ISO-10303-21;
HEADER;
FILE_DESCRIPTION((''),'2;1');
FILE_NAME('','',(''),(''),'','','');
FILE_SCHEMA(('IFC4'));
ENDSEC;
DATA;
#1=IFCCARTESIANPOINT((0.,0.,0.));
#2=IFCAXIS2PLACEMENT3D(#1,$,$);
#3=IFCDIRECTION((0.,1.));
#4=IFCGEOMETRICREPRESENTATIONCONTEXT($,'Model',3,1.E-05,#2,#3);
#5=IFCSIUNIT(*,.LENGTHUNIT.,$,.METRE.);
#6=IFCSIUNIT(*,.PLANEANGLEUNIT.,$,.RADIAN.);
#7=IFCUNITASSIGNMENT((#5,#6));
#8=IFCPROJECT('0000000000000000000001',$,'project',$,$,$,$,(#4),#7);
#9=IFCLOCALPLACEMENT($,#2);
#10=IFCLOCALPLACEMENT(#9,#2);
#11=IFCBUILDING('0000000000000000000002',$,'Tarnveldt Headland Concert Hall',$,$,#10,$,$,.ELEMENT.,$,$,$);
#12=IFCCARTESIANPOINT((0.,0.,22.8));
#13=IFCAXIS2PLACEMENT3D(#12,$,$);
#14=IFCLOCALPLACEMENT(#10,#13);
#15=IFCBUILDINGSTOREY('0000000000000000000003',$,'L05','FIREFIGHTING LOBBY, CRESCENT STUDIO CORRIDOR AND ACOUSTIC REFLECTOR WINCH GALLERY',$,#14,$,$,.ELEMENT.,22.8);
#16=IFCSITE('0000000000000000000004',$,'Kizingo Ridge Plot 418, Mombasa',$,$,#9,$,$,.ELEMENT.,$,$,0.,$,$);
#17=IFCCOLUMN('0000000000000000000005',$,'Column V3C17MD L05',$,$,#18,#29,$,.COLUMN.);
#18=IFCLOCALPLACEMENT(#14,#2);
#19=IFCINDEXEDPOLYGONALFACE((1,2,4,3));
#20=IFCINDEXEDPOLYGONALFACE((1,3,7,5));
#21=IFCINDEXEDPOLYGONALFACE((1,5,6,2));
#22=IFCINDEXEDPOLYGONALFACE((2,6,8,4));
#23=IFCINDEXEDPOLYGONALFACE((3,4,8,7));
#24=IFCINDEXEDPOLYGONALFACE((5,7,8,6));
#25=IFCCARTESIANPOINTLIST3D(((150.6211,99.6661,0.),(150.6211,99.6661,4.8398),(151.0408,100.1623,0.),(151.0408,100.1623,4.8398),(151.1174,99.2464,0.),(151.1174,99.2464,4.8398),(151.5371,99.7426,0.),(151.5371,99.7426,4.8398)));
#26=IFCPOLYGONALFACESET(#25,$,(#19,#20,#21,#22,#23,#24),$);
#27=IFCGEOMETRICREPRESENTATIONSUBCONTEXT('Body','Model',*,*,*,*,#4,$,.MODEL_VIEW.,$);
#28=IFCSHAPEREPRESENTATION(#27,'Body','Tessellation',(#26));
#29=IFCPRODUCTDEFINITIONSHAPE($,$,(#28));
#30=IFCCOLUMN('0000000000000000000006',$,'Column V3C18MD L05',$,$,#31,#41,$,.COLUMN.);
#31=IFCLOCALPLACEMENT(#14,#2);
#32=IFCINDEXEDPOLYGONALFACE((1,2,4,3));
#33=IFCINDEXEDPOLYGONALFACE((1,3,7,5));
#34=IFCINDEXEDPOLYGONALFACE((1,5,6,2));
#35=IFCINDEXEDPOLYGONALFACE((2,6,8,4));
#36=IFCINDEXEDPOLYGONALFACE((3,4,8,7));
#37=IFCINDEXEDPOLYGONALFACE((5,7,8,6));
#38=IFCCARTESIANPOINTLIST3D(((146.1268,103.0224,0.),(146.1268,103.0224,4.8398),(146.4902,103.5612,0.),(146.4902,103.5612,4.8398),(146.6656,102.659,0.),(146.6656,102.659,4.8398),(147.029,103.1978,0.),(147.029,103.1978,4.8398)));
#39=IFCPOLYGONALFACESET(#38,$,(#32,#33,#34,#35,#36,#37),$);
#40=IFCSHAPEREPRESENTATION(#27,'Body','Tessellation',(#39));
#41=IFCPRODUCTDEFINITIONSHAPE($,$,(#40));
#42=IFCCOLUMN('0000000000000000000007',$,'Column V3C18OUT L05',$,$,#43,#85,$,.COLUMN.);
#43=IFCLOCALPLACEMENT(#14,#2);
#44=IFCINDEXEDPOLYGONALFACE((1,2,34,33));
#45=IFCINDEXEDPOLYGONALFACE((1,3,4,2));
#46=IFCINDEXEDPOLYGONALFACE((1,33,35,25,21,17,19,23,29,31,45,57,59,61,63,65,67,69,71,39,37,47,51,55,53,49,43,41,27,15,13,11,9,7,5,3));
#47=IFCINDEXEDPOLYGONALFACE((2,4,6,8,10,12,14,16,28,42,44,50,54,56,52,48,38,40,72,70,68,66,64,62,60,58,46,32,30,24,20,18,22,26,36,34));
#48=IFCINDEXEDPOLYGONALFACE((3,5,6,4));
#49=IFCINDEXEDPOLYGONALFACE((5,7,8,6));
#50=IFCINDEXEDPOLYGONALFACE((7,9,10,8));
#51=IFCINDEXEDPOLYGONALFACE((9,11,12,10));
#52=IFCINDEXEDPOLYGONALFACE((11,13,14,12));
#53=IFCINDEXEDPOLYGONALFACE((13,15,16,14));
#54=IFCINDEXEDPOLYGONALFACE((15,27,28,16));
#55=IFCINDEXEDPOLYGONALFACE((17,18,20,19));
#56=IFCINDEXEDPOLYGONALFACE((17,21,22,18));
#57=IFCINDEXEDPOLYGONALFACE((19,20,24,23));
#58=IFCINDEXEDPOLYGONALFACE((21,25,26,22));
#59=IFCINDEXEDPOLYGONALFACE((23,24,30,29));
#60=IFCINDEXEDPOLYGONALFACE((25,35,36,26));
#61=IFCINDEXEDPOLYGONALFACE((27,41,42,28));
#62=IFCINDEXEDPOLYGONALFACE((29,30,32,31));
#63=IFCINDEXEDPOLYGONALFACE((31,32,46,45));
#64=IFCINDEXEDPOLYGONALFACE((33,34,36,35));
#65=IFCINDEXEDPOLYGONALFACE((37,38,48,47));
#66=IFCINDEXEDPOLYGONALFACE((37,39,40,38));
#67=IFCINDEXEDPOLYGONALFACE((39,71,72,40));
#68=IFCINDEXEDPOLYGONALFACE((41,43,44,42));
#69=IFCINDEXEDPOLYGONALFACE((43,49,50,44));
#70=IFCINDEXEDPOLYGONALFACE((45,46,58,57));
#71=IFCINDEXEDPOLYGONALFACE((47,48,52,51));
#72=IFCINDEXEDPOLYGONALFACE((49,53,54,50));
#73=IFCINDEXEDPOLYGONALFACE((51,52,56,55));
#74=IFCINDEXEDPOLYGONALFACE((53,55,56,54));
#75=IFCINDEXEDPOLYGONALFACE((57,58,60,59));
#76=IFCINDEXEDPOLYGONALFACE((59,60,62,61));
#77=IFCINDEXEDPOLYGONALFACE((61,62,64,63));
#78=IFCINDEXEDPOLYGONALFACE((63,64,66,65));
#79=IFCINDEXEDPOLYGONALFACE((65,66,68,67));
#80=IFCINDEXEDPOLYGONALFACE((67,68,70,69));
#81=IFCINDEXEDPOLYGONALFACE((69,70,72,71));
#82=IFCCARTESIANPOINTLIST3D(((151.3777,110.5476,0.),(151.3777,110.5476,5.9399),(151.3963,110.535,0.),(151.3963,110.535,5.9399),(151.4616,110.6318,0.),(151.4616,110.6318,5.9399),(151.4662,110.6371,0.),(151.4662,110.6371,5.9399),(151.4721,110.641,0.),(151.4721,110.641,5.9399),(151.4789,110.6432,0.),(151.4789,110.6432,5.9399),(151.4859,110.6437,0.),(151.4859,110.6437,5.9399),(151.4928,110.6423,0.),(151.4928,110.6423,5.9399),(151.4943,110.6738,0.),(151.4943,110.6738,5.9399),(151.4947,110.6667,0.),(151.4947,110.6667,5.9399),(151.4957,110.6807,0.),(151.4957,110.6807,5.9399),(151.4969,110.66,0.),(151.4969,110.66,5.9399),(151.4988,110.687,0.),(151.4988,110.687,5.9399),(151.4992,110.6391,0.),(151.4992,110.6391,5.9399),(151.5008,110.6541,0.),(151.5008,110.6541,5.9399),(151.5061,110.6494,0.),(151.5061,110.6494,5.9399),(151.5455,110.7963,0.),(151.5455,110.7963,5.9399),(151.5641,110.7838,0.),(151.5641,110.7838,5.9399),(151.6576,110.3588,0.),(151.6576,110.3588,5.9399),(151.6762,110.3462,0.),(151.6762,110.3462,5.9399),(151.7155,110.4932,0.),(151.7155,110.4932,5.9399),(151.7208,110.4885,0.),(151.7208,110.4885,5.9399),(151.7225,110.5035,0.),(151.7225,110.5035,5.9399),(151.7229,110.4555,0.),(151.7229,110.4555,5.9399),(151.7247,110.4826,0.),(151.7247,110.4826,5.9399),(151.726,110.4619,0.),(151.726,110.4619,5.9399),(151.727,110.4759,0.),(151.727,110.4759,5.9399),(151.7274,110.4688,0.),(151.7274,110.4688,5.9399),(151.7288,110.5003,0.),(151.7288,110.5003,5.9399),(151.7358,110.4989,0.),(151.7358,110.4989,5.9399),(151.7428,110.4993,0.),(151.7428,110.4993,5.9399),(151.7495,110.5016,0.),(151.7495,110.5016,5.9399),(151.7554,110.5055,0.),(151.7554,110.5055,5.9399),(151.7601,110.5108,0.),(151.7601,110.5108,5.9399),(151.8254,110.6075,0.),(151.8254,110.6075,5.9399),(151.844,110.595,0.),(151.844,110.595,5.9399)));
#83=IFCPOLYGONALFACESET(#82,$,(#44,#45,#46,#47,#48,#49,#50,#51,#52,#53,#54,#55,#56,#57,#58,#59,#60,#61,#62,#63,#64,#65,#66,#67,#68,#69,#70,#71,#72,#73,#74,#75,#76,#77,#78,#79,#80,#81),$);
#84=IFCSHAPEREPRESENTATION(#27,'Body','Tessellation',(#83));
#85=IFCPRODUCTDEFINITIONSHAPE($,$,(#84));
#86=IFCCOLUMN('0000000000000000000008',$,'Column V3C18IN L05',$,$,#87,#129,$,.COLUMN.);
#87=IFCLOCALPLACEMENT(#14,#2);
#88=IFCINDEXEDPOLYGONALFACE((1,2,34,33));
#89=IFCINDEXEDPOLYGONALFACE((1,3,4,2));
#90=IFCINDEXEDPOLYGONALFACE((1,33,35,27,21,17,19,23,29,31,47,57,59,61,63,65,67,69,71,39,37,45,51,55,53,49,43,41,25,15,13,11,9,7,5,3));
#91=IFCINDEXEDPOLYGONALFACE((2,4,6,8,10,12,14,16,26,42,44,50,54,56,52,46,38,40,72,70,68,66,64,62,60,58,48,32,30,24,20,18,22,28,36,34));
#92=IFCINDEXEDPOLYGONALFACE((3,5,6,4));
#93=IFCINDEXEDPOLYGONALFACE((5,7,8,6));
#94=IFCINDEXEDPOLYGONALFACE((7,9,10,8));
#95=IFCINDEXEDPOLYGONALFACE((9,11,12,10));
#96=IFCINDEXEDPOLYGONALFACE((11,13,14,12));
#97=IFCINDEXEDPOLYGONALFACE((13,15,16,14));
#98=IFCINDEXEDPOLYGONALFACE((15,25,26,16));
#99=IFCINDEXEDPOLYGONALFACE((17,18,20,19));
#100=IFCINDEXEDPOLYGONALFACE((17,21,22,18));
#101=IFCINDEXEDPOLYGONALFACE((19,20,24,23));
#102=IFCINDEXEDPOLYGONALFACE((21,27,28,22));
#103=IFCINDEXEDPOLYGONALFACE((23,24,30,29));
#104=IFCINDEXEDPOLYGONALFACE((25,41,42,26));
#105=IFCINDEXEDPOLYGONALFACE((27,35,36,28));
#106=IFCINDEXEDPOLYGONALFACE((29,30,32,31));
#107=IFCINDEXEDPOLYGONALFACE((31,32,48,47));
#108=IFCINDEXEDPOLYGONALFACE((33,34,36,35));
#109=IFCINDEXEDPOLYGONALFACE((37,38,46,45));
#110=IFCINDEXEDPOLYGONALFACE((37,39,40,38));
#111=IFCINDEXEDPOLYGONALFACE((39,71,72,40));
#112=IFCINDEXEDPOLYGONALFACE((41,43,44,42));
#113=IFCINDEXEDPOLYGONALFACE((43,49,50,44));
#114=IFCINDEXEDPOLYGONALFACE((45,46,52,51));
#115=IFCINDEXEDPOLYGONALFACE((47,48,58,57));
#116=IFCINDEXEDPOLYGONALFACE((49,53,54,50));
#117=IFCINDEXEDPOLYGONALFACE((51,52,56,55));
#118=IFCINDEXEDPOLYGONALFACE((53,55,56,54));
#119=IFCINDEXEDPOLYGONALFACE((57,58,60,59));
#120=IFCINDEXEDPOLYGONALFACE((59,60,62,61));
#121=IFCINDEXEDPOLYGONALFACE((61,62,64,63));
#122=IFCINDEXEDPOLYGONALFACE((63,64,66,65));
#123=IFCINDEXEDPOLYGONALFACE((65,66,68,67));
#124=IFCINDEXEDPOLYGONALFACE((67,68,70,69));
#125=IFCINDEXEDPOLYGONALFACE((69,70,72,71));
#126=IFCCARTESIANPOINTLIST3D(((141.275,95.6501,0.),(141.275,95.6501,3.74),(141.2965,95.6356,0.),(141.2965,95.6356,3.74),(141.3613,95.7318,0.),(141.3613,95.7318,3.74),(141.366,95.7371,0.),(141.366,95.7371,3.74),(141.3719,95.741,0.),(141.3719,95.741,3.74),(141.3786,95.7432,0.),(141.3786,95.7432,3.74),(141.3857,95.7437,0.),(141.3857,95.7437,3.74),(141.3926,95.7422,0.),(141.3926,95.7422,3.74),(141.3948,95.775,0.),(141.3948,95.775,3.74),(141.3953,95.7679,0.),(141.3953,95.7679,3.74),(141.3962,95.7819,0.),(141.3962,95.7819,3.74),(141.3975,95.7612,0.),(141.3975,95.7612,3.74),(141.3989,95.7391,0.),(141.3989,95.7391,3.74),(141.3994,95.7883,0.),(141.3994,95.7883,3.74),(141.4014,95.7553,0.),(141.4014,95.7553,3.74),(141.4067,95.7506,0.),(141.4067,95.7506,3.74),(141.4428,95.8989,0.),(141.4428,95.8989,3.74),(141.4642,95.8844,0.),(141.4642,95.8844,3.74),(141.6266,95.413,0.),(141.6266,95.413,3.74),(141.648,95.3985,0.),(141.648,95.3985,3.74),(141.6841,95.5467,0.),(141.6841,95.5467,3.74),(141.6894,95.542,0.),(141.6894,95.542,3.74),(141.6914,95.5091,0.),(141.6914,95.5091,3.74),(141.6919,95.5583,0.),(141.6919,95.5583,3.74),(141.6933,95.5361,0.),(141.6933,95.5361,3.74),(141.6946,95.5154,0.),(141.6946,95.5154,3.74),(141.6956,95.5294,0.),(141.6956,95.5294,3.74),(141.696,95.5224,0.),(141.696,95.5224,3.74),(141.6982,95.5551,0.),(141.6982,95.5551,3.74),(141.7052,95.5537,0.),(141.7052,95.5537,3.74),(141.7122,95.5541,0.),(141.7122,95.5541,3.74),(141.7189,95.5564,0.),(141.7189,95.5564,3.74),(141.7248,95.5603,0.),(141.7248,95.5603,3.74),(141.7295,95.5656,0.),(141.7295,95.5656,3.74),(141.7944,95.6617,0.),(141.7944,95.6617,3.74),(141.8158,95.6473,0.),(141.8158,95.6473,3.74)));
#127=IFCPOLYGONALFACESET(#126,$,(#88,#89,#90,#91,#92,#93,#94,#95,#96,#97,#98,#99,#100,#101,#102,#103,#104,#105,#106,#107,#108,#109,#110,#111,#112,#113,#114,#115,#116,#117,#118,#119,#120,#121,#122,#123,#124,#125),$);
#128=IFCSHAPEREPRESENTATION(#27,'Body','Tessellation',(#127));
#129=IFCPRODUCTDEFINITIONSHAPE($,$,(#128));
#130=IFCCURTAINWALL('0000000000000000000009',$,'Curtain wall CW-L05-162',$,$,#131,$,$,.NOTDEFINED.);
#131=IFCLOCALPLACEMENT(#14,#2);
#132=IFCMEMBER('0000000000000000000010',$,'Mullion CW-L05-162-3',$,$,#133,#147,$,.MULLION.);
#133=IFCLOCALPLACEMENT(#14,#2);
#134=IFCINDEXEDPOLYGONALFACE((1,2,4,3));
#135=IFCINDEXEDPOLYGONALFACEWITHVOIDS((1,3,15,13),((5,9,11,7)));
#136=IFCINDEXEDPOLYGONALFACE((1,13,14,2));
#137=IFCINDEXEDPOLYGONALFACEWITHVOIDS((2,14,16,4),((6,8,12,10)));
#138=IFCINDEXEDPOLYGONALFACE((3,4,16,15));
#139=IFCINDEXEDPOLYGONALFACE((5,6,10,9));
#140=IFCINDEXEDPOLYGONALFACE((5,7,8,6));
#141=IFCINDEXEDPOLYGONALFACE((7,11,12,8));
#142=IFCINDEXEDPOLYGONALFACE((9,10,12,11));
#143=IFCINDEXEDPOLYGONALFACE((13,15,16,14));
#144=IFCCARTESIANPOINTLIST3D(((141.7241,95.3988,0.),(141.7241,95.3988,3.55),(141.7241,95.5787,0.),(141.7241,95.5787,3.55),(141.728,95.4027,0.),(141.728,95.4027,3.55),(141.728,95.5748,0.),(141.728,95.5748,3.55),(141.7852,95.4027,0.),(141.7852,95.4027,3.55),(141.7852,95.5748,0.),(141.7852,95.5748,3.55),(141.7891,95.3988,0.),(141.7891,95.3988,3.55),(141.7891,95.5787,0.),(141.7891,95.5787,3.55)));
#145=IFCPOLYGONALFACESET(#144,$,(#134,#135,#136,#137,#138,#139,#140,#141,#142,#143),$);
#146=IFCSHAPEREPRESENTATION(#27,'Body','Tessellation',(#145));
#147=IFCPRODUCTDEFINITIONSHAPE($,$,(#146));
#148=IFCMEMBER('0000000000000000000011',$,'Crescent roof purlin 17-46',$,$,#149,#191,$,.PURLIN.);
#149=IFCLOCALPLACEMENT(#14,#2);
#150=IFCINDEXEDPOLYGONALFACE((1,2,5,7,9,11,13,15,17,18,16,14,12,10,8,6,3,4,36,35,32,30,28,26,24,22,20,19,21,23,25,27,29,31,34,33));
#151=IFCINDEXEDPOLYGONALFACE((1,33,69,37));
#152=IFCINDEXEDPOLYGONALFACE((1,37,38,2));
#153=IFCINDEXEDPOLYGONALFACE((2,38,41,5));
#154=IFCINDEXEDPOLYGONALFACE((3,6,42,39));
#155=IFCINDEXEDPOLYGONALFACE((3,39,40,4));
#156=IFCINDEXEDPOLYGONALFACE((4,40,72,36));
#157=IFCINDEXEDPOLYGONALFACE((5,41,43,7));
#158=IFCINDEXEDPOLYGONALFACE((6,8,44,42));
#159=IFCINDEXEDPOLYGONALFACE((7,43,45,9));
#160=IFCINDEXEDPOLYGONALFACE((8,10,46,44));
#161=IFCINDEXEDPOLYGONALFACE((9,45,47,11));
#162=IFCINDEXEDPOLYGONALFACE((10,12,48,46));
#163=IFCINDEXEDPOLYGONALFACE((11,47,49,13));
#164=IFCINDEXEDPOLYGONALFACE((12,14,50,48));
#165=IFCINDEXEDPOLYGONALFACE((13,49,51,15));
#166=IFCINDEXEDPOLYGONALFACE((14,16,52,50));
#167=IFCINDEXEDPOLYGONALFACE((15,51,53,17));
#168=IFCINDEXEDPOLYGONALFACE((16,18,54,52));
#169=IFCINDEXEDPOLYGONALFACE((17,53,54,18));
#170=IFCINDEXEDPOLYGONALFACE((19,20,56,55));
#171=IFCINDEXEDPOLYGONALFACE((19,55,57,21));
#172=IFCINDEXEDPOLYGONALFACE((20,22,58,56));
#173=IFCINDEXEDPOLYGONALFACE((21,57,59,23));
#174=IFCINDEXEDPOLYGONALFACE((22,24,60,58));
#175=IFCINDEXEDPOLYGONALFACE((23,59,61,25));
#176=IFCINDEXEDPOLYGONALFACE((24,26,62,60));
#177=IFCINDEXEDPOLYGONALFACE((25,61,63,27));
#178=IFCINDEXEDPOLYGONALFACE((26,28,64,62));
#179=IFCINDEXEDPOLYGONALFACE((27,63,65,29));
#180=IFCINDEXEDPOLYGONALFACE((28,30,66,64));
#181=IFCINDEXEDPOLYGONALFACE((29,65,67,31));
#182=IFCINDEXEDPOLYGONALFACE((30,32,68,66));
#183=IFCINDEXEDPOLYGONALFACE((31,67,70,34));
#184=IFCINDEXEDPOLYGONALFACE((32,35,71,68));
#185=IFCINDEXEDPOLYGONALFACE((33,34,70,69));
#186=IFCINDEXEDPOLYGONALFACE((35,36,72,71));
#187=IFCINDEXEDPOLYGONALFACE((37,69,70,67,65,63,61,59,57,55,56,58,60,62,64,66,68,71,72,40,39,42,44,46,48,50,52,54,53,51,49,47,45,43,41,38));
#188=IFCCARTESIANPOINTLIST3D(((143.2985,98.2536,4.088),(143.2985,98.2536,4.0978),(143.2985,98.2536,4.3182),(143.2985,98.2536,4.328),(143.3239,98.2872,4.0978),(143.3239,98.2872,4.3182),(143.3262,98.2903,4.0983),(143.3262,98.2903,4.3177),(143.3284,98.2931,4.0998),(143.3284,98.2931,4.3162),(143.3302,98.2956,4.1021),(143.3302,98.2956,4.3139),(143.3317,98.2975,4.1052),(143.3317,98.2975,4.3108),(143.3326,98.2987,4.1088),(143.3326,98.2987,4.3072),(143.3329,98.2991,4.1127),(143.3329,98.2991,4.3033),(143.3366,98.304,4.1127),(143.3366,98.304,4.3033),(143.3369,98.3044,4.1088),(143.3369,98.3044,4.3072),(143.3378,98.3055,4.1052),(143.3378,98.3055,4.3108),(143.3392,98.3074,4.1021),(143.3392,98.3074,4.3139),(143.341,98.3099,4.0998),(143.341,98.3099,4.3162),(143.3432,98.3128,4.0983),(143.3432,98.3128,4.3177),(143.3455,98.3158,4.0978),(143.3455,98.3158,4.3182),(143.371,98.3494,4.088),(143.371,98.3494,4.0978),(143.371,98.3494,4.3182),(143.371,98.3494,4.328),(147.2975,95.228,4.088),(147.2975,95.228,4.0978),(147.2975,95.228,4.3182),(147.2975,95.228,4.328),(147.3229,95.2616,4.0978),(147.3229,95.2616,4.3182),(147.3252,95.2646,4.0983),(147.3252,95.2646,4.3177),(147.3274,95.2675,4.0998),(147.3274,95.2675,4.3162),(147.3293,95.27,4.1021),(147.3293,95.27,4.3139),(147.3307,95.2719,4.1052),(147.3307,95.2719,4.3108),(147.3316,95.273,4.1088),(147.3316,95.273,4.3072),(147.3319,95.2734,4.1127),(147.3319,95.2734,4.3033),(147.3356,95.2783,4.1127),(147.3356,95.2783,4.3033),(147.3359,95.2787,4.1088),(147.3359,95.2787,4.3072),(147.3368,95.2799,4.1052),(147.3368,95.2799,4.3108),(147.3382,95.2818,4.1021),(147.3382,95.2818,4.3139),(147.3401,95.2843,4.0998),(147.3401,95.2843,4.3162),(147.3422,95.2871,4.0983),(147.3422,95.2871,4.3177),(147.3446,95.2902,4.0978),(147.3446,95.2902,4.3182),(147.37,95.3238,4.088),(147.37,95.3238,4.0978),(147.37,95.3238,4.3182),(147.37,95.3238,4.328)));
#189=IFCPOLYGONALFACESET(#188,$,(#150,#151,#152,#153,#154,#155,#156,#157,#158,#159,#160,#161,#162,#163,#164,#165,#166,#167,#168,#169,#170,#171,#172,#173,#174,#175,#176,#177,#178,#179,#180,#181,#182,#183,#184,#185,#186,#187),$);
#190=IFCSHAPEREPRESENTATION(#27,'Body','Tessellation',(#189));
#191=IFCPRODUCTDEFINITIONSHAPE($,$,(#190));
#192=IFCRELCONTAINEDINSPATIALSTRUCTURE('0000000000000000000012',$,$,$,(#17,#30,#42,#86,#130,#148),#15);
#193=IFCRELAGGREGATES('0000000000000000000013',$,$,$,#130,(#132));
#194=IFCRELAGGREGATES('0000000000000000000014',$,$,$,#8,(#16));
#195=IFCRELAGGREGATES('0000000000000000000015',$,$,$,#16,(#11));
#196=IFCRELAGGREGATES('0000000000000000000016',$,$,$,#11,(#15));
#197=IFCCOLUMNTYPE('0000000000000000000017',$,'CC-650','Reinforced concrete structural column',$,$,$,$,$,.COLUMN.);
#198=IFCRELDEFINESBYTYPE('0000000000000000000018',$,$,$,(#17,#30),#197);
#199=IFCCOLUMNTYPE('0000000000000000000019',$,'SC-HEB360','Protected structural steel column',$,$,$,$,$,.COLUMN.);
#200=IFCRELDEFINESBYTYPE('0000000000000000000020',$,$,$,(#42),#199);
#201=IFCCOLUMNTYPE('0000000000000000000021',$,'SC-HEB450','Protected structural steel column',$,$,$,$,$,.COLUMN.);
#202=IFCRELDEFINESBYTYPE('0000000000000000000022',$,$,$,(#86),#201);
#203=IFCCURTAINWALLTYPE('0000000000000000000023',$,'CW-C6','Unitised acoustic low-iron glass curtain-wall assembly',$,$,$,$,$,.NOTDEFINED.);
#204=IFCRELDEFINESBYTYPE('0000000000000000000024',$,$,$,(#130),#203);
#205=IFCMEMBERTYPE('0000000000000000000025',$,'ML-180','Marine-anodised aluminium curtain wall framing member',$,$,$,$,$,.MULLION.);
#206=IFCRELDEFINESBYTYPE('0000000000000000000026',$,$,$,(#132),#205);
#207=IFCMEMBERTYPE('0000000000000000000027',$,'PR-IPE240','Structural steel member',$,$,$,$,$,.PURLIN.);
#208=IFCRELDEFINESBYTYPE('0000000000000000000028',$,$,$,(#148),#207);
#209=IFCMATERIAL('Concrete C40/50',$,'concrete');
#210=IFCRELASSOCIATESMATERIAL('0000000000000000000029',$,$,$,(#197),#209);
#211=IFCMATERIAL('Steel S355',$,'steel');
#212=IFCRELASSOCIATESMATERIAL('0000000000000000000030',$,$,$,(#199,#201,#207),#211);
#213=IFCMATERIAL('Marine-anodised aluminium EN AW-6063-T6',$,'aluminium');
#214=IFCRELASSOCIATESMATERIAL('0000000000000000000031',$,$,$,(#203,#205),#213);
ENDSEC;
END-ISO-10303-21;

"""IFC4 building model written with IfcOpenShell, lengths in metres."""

from ifc_helpers import new_model, si_unit, direction, frame, origin, origin_2d, place, context, subcontext, project, spatial, rectangle, hollow_rectangle, i_section, extrude, material, material_profile, profile_set, type_object, element, aggregate, save


model = new_model("IFC4")

# Units and contexts
model_context = context("Model", 3, precision=1e-05, world=origin(), true_north=direction((0.0, 1.0)))
body_context = subcontext(model_context, "Body", "Model", "MODEL_VIEW")
ifc_project = project(units=[si_unit("LENGTHUNIT", "METRE"), si_unit("PLANEANGLEUNIT", "RADIAN")], contexts=[model_context])

# Site, building, storey
site_placement = place(None, origin())
site = spatial("IfcSite", under=ifc_project, at=site_placement, Name="Kizingo Ridge Plot 418, Mombasa", CompositionType="ELEMENT", RefElevation=0.0)
building_placement = place(site_placement, origin())
building = spatial("IfcBuilding", under=site, at=building_placement, Name="Tarnveldt Headland Concert Hall", CompositionType="ELEMENT")
storey_placement = place(building_placement, frame((0.0, 0.0, 22.8)))
storey = spatial("IfcBuildingStorey", under=building, at=storey_placement, Name="L05", Description="FIREFIGHTING LOBBY, CRESCENT STUDIO CORRIDOR AND ACOUSTIC REFLECTOR WINCH GALLERY", CompositionType="ELEMENT", Elevation=22.8)

# Columns
ifc_material_1 = material(Name="Concrete C40/50", Category="concrete")
ifc_material_profile_1 = material_profile(ifc_material_1, rectangle(XDim=0.6499, YDim=0.6499, at=origin_2d()), Name="RC 650x650", Category="concrete")
ifc_profile_set_1 = profile_set([ifc_material_profile_1], Name="Concrete C40/50")
column_type_1 = type_object("IfcColumnType", Name="CC-650", Description="Reinforced concrete structural column", PredefinedType="COLUMN", material=ifc_profile_set_1)
for number, where, z_axis, x_axis, name in (
    (1, (151.0791, 99.7043, 0.0), (0.0, 0.0, 1.0), (0.645724, 0.763571, 0.0), "Column V3C17MD L05"),
    (2, (146.5779, 103.1101, 0.0), (0.0, 0.0, 1.0), (0.559193, 0.829038, 0.0), "Column V3C18MD L05"),
):
    element("IfcColumn", number, at=place(storey_placement, frame(where, z_axis=z_axis, x_axis=x_axis)), inside=storey, type_object=column_type_1, Name=name, PredefinedType="COLUMN", context=body_context, shape_type="SweptSolid", body=[
        extrude(rectangle(XDim=0.6499, YDim=0.6499, at=origin_2d()), origin(), (0.0, 0.0, 1.0), 4.8398),
    ])
ifc_material_2 = material(Name="Steel S355", Category="steel")
ifc_material_profile_2 = material_profile(ifc_material_2, i_section(OverallWidth=0.3, OverallDepth=0.3601, WebThickness=0.0125, FlangeThickness=0.0225, FilletRadius=0.0271, at=origin_2d()), Name="HEB360", Category="steel")
ifc_profile_set_2 = profile_set([ifc_material_profile_2], Name="Steel S355")
column_type_2 = type_object("IfcColumnType", Name="SC-HEB360", Description="Protected structural steel column", PredefinedType="COLUMN", material=ifc_profile_set_2)
column_1_placement = place(storey_placement, frame((151.6108, 110.5713, 0.0), z_axis=(0.0, 0.0, 1.0), x_axis=(0.559193, 0.829038, 0.0)))
element("IfcColumn", 3, at=column_1_placement, inside=storey, type_object=column_type_2, Name="Column V3C18OUT L05", PredefinedType="COLUMN", context=body_context, shape_type="SweptSolid", body=[
    extrude(i_section(OverallWidth=0.3, OverallDepth=0.3601, WebThickness=0.0125, FlangeThickness=0.0225, FilletRadius=0.0271, at=origin_2d()), origin(), (0.0, 0.0, 1.0), 5.9399),
])
ifc_material_profile_3 = material_profile(ifc_material_2, i_section(OverallWidth=0.3, OverallDepth=0.45, WebThickness=0.0139, FlangeThickness=0.0259, FilletRadius=0.0271, at=origin_2d()), Name="HEB450", Category="steel")
ifc_profile_set_3 = profile_set([ifc_material_profile_3], Name="Steel S355")
column_type_3 = type_object("IfcColumnType", Name="SC-HEB450", Description="Protected structural steel column", PredefinedType="COLUMN", material=ifc_profile_set_3)
column_2_placement = place(storey_placement, frame((141.5454, 95.6487, 0.0), z_axis=(0.0, 0.0, 1.0), x_axis=(0.559193, 0.829038, 0.0)))
element("IfcColumn", 4, at=column_2_placement, inside=storey, type_object=column_type_3, Name="Column V3C18IN L05", PredefinedType="COLUMN", context=body_context, shape_type="SweptSolid", body=[
    extrude(i_section(OverallWidth=0.3, OverallDepth=0.45, WebThickness=0.0139, FlangeThickness=0.0259, FilletRadius=0.0271, at=origin_2d()), origin(), (0.0, 0.0, 1.0), 3.74),
])

# Curtain wall, member
ifc_material_3 = material(Name="Marine-anodised aluminium EN AW-6063-T6", Category="aluminium")
curtain_wall_type = type_object("IfcCurtainWallType", Name="CW-C6", Description="Unitised acoustic low-iron glass curtain-wall assembly", PredefinedType="NOTDEFINED", material=ifc_material_3)
curtain_wall_placement = place(storey_placement, origin())
curtain_wall = element("IfcCurtainWall", 5, at=curtain_wall_placement, inside=storey, type_object=curtain_wall_type, Name="Curtain wall CW-L05-162", PredefinedType="NOTDEFINED")
ifc_material_profile_4 = material_profile(ifc_material_3, hollow_rectangle(XDim=0.0649, YDim=0.1799, WallThickness=0.0039, at=origin_2d()), Name="ALU MULLION 65x180x4", Category="aluminium")
ifc_profile_set_4 = profile_set([ifc_material_profile_4], Name="Marine-anodised aluminium EN AW-6063-T6")
member_type_1 = type_object("IfcMemberType", Name="ML-180", Description="Marine-anodised aluminium curtain wall framing member", PredefinedType="MULLION", material=ifc_profile_set_4)
member_1_placement = place(storey_placement, frame((141.7566, 95.4888, 0.0), z_axis=(0.0, 0.0, 1.0), x_axis=(1.0, 0.0, 0.0)))
member_1 = element("IfcMember", 6, at=member_1_placement, type_object=member_type_1, Name="Mullion CW-L05-162-3", PredefinedType="MULLION", context=body_context, shape_type="SweptSolid", body=[
    extrude(hollow_rectangle(XDim=0.0649, YDim=0.1799, WallThickness=0.0039, at=origin_2d()), origin(), (0.0, 0.0, 1.0), 3.55),
])

# Member
ifc_material_profile_5 = material_profile(ifc_material_2, i_section(OverallWidth=0.1201, OverallDepth=0.24, WebThickness=0.0061, FlangeThickness=0.0098, FilletRadius=0.0149, at=origin_2d()), Name="IPE240", Category="steel")
ifc_profile_set_5 = profile_set([ifc_material_profile_5], Name="Steel S355")
member_type_2 = type_object("IfcMemberType", Name="PR-IPE240", Description="Structural steel member", PredefinedType="PURLIN", material=ifc_profile_set_5)
member_2_placement = place(storey_placement, frame((147.3337, 95.2759, 4.208), z_axis=(-0.797469, 0.60336, 0.0), x_axis=(-0.60336, -0.797469, 0.0)))
element("IfcMember", 7, at=member_2_placement, inside=storey, type_object=member_type_2, Name="Crescent roof purlin 17-46", PredefinedType="PURLIN", context=body_context, shape_type="SweptSolid", body=[
    extrude(i_section(OverallWidth=0.1201, OverallDepth=0.24, WebThickness=0.0061, FlangeThickness=0.0098, FilletRadius=0.0149, at=origin_2d()), origin(), (0.0, 0.0, 1.0), 5.0146),
])

aggregate(curtain_wall, [member_1])

save(model, "model.ifc")
